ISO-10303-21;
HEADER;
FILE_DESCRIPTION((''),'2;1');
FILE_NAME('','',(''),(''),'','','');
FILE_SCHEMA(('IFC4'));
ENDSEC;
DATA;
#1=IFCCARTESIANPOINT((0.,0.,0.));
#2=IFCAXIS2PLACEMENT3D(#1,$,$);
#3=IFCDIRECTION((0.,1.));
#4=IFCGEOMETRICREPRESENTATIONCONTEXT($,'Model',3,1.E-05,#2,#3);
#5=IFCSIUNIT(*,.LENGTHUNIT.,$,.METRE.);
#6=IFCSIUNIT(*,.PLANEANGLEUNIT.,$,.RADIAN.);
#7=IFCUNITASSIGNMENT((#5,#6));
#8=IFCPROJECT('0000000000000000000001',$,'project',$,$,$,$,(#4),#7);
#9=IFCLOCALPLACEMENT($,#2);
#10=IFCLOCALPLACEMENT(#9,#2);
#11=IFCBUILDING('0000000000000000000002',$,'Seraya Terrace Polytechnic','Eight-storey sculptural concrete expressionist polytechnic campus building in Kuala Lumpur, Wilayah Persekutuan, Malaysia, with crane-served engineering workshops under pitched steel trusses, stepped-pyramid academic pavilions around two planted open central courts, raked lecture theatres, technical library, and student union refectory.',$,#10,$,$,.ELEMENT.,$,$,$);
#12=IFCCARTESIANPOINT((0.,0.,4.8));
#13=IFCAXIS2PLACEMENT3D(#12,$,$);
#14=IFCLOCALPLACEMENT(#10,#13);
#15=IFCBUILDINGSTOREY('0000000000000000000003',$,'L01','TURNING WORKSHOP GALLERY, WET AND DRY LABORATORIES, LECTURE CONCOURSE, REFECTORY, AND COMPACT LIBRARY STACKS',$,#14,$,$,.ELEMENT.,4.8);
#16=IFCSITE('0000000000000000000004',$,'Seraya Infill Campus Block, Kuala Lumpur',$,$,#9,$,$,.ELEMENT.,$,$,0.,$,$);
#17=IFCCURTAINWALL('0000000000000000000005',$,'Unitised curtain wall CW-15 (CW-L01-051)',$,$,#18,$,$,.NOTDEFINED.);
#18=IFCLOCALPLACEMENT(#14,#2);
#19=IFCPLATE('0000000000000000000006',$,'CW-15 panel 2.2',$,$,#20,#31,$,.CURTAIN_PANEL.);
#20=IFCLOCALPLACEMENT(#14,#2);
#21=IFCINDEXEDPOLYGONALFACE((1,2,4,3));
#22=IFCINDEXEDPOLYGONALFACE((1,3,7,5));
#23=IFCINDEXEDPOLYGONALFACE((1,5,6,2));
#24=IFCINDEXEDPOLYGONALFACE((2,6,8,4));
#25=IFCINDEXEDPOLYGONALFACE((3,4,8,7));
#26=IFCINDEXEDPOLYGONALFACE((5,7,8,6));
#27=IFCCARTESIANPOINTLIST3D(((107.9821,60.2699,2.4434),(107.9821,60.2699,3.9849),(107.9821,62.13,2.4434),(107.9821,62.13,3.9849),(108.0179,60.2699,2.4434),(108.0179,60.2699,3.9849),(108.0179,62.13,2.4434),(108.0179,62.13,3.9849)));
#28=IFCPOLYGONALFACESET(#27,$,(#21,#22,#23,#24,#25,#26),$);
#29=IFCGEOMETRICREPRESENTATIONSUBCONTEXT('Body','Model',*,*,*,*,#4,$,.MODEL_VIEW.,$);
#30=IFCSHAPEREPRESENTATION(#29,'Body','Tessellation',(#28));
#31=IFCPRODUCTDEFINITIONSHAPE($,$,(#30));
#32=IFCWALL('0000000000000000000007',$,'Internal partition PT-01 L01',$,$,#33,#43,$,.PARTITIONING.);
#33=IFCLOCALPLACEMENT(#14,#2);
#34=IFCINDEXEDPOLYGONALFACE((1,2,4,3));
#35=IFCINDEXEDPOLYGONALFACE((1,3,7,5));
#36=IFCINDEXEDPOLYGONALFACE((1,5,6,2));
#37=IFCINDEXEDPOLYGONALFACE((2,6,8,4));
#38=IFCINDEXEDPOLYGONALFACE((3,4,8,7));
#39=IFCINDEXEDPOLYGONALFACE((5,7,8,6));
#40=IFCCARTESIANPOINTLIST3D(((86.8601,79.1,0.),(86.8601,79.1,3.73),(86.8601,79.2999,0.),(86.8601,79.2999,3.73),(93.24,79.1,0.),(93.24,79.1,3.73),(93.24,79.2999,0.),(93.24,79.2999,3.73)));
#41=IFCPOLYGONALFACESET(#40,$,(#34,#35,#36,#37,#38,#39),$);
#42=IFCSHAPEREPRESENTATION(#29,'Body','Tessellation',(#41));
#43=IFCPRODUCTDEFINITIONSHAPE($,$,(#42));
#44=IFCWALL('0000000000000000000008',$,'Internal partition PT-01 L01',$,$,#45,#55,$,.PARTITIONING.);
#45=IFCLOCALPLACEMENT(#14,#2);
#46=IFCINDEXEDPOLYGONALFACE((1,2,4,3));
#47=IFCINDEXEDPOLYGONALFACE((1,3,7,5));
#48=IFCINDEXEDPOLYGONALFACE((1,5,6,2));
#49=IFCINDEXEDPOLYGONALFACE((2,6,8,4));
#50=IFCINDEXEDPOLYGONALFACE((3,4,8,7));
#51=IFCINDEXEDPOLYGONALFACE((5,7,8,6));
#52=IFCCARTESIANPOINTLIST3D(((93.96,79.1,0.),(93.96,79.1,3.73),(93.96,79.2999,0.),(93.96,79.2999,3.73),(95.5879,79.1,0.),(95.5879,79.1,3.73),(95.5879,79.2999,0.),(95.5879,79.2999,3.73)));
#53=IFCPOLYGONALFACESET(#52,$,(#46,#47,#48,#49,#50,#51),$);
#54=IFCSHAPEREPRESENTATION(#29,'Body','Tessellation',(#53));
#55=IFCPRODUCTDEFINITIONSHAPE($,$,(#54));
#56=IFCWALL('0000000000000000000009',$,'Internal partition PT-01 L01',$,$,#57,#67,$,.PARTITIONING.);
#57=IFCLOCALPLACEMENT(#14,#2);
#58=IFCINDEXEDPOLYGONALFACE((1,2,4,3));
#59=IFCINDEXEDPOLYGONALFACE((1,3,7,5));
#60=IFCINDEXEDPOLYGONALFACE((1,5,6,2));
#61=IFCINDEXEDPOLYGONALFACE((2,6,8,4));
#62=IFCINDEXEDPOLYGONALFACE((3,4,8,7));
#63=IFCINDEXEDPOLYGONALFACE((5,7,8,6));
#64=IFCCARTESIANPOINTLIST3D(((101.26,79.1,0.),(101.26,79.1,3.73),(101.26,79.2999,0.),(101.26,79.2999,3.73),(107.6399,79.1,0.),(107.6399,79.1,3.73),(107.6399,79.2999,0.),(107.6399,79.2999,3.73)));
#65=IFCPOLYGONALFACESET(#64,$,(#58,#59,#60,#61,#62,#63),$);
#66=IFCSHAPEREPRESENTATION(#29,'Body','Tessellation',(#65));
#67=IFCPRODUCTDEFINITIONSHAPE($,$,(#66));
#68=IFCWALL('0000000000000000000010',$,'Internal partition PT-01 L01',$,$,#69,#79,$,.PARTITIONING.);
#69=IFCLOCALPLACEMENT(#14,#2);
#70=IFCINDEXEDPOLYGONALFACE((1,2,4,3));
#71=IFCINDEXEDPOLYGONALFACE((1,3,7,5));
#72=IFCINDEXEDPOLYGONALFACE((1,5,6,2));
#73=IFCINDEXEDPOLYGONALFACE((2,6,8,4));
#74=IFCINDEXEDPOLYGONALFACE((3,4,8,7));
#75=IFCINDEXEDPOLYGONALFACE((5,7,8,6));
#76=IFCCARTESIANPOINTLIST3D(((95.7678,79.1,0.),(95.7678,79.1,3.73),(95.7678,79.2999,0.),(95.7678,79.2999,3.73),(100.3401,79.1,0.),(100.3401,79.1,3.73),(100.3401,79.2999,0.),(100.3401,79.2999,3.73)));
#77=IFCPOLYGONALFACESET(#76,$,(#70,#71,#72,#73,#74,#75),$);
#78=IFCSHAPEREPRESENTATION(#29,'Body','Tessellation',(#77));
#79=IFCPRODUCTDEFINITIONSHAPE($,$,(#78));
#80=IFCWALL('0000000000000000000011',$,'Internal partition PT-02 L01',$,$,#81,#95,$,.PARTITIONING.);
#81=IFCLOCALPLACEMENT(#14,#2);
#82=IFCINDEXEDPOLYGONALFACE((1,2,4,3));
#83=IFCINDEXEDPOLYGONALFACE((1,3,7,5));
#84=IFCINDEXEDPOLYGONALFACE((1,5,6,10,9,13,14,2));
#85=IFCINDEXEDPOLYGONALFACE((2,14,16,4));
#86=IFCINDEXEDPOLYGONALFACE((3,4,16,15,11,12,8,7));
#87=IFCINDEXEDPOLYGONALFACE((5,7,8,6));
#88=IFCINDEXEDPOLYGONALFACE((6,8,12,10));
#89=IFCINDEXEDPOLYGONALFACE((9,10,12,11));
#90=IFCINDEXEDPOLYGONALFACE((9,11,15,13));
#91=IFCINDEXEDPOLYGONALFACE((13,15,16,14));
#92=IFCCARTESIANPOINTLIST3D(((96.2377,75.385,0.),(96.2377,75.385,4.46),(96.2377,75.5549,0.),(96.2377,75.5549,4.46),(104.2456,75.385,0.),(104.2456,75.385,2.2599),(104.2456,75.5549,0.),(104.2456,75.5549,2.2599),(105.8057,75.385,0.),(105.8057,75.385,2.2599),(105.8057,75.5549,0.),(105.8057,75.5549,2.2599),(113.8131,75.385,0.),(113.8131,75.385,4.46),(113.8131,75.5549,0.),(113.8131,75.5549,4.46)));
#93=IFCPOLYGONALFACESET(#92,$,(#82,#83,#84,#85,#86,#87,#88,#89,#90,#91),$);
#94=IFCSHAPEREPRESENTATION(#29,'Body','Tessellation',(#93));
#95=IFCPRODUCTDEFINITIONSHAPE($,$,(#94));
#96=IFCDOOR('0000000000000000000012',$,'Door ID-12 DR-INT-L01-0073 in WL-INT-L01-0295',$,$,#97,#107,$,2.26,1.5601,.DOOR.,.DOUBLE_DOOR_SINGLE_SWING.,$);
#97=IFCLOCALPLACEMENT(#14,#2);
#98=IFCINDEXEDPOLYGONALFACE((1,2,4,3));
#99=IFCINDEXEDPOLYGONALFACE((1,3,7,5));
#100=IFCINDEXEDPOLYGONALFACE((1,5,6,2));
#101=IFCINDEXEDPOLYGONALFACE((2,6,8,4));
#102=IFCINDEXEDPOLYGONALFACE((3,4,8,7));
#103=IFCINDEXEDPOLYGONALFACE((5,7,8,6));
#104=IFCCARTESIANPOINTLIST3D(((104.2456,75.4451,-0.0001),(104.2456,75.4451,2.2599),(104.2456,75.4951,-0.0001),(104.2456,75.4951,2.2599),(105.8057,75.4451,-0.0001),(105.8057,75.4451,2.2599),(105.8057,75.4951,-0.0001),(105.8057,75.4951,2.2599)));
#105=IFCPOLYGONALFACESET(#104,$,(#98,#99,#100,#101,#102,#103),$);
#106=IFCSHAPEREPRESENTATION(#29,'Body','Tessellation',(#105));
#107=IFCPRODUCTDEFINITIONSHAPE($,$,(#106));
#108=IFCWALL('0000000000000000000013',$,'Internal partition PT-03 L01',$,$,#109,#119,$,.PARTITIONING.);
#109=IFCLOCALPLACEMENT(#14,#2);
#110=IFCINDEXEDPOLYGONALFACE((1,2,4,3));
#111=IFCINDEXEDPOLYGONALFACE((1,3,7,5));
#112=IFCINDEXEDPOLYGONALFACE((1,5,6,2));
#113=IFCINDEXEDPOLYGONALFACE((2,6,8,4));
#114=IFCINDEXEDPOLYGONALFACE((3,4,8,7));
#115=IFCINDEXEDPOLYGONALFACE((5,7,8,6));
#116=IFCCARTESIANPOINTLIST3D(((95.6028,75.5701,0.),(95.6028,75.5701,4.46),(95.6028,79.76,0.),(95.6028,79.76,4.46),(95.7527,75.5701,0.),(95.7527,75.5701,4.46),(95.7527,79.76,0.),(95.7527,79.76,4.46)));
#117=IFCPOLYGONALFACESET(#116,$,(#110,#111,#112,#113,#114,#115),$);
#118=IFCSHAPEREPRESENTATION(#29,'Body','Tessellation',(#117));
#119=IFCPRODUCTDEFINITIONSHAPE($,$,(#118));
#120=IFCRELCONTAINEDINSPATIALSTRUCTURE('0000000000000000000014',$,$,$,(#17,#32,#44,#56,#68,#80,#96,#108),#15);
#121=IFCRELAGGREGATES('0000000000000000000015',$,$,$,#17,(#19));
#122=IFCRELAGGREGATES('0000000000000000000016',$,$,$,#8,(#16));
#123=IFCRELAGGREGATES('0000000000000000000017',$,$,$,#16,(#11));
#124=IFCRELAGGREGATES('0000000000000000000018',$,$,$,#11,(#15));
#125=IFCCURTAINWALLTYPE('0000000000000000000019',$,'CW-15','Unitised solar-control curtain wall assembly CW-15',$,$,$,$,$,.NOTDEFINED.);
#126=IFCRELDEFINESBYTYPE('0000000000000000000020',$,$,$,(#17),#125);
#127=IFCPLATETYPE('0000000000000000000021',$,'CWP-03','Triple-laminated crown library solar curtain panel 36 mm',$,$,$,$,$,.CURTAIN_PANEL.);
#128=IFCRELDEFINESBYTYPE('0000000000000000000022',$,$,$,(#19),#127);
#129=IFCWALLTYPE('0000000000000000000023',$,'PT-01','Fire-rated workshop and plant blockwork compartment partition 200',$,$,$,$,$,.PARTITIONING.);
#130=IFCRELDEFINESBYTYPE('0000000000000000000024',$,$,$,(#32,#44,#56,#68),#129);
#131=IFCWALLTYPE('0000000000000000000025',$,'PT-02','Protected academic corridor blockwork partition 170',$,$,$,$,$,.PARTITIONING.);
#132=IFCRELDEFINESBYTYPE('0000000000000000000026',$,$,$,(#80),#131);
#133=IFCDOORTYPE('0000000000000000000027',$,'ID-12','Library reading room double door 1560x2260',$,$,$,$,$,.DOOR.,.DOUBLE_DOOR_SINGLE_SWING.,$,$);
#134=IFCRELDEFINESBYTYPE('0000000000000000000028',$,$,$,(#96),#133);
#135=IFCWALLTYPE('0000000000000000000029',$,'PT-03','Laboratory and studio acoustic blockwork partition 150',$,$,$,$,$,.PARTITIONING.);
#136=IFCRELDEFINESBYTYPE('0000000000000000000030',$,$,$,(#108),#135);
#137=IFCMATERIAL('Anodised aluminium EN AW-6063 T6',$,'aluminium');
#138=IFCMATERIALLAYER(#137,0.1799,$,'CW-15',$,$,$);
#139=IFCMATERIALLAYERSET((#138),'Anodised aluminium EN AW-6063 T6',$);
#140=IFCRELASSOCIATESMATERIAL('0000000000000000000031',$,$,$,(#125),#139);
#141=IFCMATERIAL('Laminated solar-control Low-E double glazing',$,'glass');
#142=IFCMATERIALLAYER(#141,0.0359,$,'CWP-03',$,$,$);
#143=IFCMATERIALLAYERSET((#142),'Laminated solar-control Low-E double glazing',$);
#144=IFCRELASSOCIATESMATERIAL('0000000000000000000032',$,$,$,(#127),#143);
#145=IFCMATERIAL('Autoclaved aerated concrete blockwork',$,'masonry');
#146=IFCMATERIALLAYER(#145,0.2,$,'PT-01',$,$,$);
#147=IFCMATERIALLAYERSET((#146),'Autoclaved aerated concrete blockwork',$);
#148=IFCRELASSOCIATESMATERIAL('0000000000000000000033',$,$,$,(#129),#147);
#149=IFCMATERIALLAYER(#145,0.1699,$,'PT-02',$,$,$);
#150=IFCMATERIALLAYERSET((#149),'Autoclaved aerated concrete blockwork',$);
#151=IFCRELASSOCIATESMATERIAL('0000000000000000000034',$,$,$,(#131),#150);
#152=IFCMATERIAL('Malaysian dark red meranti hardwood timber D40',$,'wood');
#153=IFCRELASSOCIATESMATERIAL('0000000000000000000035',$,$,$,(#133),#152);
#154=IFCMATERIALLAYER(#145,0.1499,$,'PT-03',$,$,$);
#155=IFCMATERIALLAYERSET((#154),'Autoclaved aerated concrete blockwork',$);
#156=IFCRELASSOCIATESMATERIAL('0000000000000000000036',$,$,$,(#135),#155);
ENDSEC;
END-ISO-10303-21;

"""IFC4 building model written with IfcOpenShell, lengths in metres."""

from ifc_helpers import new_model, si_unit, direction, frame, frame_2d, origin, origin_2d, place, context, subcontext, project, spatial, rectangle, extrude, material, layer, layer_set, type_object, element, fill, aggregate, save


model = new_model("IFC4")

# Units and contexts
model_context = context("Model", 3, precision=1e-05, world=origin(), true_north=direction((0.0, 1.0)))
body_context = subcontext(model_context, "Body", "Model", "MODEL_VIEW")
ifc_project = project(units=[si_unit("LENGTHUNIT", "METRE"), si_unit("PLANEANGLEUNIT", "RADIAN")], contexts=[model_context])

# Site, building, storey
site_placement = place(None, origin())
site = spatial("IfcSite", under=ifc_project, at=site_placement, Name="Seraya Infill Campus Block, Kuala Lumpur", CompositionType="ELEMENT", RefElevation=0.0)
building_placement = place(site_placement, origin())
building = spatial("IfcBuilding", under=site, at=building_placement, Name="Seraya Terrace Polytechnic", Description="Eight-storey sculptural concrete expressionist polytechnic campus building in Kuala Lumpur, Wilayah Persekutuan, Malaysia, with crane-served engineering workshops under pitched steel trusses, stepped-pyramid academic pavilions around two planted open central courts, raked lecture theatres, technical library, and student union refectory.", CompositionType="ELEMENT")
storey_placement = place(building_placement, frame((0.0, 0.0, 4.8)))
storey = spatial("IfcBuildingStorey", under=building, at=storey_placement, Name="L01", Description="TURNING WORKSHOP GALLERY, WET AND DRY LABORATORIES, LECTURE CONCOURSE, REFECTORY, AND COMPACT LIBRARY STACKS", CompositionType="ELEMENT", Elevation=4.8)

# Curtain wall
ifc_material_1 = material(Name="Anodised aluminium EN AW-6063 T6", Category="aluminium")
ifc_layer_1 = layer(ifc_material_1, 0.1799, Name="CW-15")
ifc_layer_set_1 = layer_set([ifc_layer_1], Name="Anodised aluminium EN AW-6063 T6")
curtain_wall_type = type_object("IfcCurtainWallType", Name="CW-15", Description="Unitised solar-control curtain wall assembly CW-15", PredefinedType="NOTDEFINED", material=ifc_layer_set_1)
curtain_wall_placement = place(storey_placement, origin())
curtain_wall = element("IfcCurtainWall", 1, at=curtain_wall_placement, inside=storey, type_object=curtain_wall_type, Name="Unitised curtain wall CW-15 (CW-L01-051)", PredefinedType="NOTDEFINED")

# Plate
ifc_material_2 = material(Name="Laminated solar-control Low-E double glazing", Category="glass")
ifc_layer_2 = layer(ifc_material_2, 0.0359, Name="CWP-03")
ifc_layer_set_2 = layer_set([ifc_layer_2], Name="Laminated solar-control Low-E double glazing")
plate_type = type_object("IfcPlateType", Name="CWP-03", Description="Triple-laminated crown library solar curtain panel 36 mm", PredefinedType="CURTAIN_PANEL", material=ifc_layer_set_2)
plate_1_placement = place(storey_placement, frame((108.0, 61.2, 2.4434), z_axis=(0.0, 0.0, 1.0), x_axis=(0.0, -1.0, 0.0)))
plate_1 = element("IfcPlate", 2, at=plate_1_placement, type_object=plate_type, Name="CW-15 panel 2.2", PredefinedType="CURTAIN_PANEL", context=body_context, shape_type="SweptSolid", body=[
    extrude(rectangle(XDim=1.8601, YDim=0.0359, at=origin_2d()), origin(), (0.0, 0.0, 1.0), 1.5415),
])
aggregate(curtain_wall, [plate_1])

# Walls
ifc_material_3 = material(Name="Autoclaved aerated concrete blockwork", Category="masonry")
ifc_layer_3 = layer(ifc_material_3, 0.2, Name="PT-01")
ifc_layer_set_3 = layer_set([ifc_layer_3], Name="Autoclaved aerated concrete blockwork")
wall_type_1 = type_object("IfcWallType", Name="PT-01", Description="Fire-rated workshop and plant blockwork compartment partition 200", PredefinedType="PARTITIONING", material=ifc_layer_set_3)
wall_1_placement = place(storey_placement, frame((86.8601, 79.2, 0.0), z_axis=(0.0, 0.0, 1.0), x_axis=(1.0, 0.0, 0.0)))
element("IfcWall", 3, at=wall_1_placement, inside=storey, type_object=wall_type_1, Name="Internal partition PT-01 L01", PredefinedType="PARTITIONING", context=body_context, shape_type="SweptSolid", body=[
    extrude(rectangle(XDim=6.3799, YDim=0.2, at=frame_2d((3.1899, 0.0))), origin(), (0.0, 0.0, 1.0), 3.73),
])
wall_2_placement = place(storey_placement, frame((93.96, 79.2, 0.0), z_axis=(0.0, 0.0, 1.0), x_axis=(1.0, 0.0, 0.0)))
element("IfcWall", 4, at=wall_2_placement, inside=storey, type_object=wall_type_1, Name="Internal partition PT-01 L01", PredefinedType="PARTITIONING", context=body_context, shape_type="SweptSolid", body=[
    extrude(rectangle(XDim=1.6279, YDim=0.2, at=frame_2d((0.814, 0.0))), origin(), (0.0, 0.0, 1.0), 3.73),
])
wall_3_placement = place(storey_placement, frame((101.26, 79.2, 0.0), z_axis=(0.0, 0.0, 1.0), x_axis=(1.0, 0.0, 0.0)))
element("IfcWall", 5, at=wall_3_placement, inside=storey, type_object=wall_type_1, Name="Internal partition PT-01 L01", PredefinedType="PARTITIONING", context=body_context, shape_type="SweptSolid", body=[
    extrude(rectangle(XDim=6.3799, YDim=0.2, at=frame_2d((3.1899, 0.0))), origin(), (0.0, 0.0, 1.0), 3.73),
])
wall_4_placement = place(storey_placement, frame((95.7678, 79.2, 0.0), z_axis=(0.0, 0.0, 1.0), x_axis=(1.0, 0.0, 0.0)))
element("IfcWall", 6, at=wall_4_placement, inside=storey, type_object=wall_type_1, Name="Internal partition PT-01 L01", PredefinedType="PARTITIONING", context=body_context, shape_type="SweptSolid", body=[
    extrude(rectangle(XDim=4.5723, YDim=0.2, at=frame_2d((2.2861, 0.0))), origin(), (0.0, 0.0, 1.0), 3.73),
])

# Wall, opening, door
ifc_layer_4 = layer(ifc_material_3, 0.1699, Name="PT-02")
ifc_layer_set_4 = layer_set([ifc_layer_4], Name="Autoclaved aerated concrete blockwork")
wall_type_2 = type_object("IfcWallType", Name="PT-02", Description="Protected academic corridor blockwork partition 170", PredefinedType="PARTITIONING", material=ifc_layer_set_4)
wall_5_placement = place(storey_placement, frame((96.2378, 75.47, 0.0), z_axis=(0.0, 0.0, 1.0), x_axis=(1.0, 0.0, 0.0)))
wall_5 = element("IfcWall", 7, at=wall_5_placement, inside=storey, type_object=wall_type_2, Name="Internal partition PT-02 L01", PredefinedType="PARTITIONING", context=body_context, shape_type="SweptSolid", body=[
    extrude(rectangle(XDim=17.5754, YDim=0.1699, at=frame_2d((8.7876, 0.0))), origin(), (0.0, 0.0, 1.0), 4.46),
])
opening_placement = place(wall_5_placement, frame((8.0078, 0.0, 0.0)))
opening = element("IfcOpeningElement", 8, at=opening_placement, cuts=wall_5, PredefinedType="OPENING", context=body_context, shape_type="SweptSolid", body=[
    extrude(rectangle(XDim=1.5601, YDim=2.26, at=frame_2d((0.78, 1.1299))), frame((0.0, 0.0969, 0.0), z_axis=(0.0, -1.0, 0.0), x_axis=(1.0, 0.0, 0.0)), (0.0, 0.0, 1.0), 0.1938),
])
ifc_material_4 = material(Name="Malaysian dark red meranti hardwood timber D40", Category="wood")
door_type = type_object("IfcDoorType", Name="ID-12", Description="Library reading room double door 1560x2260", OperationType="DOUBLE_DOOR_SINGLE_SWING", PredefinedType="DOOR", material=ifc_material_4)
door_placement = place(opening_placement, frame((1.5601, 0.0, 0.0), z_axis=(0.0, 0.0, 1.0), x_axis=(-1.0, 0.0, 0.0)))
door = element("IfcDoor", 9, at=door_placement, inside=storey, type_object=door_type, Name="Door ID-12 DR-INT-L01-0073 in WL-INT-L01-0295", OperationType="DOUBLE_DOOR_SINGLE_SWING", OverallHeight=2.26, OverallWidth=1.5601, PredefinedType="DOOR", context=body_context, shape_type="SweptSolid", body=[
    extrude(rectangle(XDim=1.5601, YDim=2.26, at=frame_2d((0.78, 1.1299))), frame((0.0, 0.0249, 0.0), z_axis=(0.0, -1.0, 0.0), x_axis=(1.0, 0.0, 0.0)), (0.0, 0.0, 1.0), 0.05),
])
fill(opening, door)

# Wall
ifc_layer_5 = layer(ifc_material_3, 0.1499, Name="PT-03")
ifc_layer_set_5 = layer_set([ifc_layer_5], Name="Autoclaved aerated concrete blockwork")
wall_type_3 = type_object("IfcWallType", Name="PT-03", Description="Laboratory and studio acoustic blockwork partition 150", PredefinedType="PARTITIONING", material=ifc_layer_set_5)
wall_6_placement = place(storey_placement, frame((95.6777, 75.5701, 0.0), z_axis=(0.0, 0.0, 1.0), x_axis=(0.0, 1.0, 0.0)))
element("IfcWall", 10, at=wall_6_placement, inside=storey, type_object=wall_type_3, Name="Internal partition PT-03 L01", PredefinedType="PARTITIONING", context=body_context, shape_type="SweptSolid", body=[
    extrude(rectangle(XDim=4.1899, YDim=0.1499, at=frame_2d((2.095, 0.0))), origin(), (0.0, 0.0, 1.0), 4.46),
])

save(model, "model.ifc")
